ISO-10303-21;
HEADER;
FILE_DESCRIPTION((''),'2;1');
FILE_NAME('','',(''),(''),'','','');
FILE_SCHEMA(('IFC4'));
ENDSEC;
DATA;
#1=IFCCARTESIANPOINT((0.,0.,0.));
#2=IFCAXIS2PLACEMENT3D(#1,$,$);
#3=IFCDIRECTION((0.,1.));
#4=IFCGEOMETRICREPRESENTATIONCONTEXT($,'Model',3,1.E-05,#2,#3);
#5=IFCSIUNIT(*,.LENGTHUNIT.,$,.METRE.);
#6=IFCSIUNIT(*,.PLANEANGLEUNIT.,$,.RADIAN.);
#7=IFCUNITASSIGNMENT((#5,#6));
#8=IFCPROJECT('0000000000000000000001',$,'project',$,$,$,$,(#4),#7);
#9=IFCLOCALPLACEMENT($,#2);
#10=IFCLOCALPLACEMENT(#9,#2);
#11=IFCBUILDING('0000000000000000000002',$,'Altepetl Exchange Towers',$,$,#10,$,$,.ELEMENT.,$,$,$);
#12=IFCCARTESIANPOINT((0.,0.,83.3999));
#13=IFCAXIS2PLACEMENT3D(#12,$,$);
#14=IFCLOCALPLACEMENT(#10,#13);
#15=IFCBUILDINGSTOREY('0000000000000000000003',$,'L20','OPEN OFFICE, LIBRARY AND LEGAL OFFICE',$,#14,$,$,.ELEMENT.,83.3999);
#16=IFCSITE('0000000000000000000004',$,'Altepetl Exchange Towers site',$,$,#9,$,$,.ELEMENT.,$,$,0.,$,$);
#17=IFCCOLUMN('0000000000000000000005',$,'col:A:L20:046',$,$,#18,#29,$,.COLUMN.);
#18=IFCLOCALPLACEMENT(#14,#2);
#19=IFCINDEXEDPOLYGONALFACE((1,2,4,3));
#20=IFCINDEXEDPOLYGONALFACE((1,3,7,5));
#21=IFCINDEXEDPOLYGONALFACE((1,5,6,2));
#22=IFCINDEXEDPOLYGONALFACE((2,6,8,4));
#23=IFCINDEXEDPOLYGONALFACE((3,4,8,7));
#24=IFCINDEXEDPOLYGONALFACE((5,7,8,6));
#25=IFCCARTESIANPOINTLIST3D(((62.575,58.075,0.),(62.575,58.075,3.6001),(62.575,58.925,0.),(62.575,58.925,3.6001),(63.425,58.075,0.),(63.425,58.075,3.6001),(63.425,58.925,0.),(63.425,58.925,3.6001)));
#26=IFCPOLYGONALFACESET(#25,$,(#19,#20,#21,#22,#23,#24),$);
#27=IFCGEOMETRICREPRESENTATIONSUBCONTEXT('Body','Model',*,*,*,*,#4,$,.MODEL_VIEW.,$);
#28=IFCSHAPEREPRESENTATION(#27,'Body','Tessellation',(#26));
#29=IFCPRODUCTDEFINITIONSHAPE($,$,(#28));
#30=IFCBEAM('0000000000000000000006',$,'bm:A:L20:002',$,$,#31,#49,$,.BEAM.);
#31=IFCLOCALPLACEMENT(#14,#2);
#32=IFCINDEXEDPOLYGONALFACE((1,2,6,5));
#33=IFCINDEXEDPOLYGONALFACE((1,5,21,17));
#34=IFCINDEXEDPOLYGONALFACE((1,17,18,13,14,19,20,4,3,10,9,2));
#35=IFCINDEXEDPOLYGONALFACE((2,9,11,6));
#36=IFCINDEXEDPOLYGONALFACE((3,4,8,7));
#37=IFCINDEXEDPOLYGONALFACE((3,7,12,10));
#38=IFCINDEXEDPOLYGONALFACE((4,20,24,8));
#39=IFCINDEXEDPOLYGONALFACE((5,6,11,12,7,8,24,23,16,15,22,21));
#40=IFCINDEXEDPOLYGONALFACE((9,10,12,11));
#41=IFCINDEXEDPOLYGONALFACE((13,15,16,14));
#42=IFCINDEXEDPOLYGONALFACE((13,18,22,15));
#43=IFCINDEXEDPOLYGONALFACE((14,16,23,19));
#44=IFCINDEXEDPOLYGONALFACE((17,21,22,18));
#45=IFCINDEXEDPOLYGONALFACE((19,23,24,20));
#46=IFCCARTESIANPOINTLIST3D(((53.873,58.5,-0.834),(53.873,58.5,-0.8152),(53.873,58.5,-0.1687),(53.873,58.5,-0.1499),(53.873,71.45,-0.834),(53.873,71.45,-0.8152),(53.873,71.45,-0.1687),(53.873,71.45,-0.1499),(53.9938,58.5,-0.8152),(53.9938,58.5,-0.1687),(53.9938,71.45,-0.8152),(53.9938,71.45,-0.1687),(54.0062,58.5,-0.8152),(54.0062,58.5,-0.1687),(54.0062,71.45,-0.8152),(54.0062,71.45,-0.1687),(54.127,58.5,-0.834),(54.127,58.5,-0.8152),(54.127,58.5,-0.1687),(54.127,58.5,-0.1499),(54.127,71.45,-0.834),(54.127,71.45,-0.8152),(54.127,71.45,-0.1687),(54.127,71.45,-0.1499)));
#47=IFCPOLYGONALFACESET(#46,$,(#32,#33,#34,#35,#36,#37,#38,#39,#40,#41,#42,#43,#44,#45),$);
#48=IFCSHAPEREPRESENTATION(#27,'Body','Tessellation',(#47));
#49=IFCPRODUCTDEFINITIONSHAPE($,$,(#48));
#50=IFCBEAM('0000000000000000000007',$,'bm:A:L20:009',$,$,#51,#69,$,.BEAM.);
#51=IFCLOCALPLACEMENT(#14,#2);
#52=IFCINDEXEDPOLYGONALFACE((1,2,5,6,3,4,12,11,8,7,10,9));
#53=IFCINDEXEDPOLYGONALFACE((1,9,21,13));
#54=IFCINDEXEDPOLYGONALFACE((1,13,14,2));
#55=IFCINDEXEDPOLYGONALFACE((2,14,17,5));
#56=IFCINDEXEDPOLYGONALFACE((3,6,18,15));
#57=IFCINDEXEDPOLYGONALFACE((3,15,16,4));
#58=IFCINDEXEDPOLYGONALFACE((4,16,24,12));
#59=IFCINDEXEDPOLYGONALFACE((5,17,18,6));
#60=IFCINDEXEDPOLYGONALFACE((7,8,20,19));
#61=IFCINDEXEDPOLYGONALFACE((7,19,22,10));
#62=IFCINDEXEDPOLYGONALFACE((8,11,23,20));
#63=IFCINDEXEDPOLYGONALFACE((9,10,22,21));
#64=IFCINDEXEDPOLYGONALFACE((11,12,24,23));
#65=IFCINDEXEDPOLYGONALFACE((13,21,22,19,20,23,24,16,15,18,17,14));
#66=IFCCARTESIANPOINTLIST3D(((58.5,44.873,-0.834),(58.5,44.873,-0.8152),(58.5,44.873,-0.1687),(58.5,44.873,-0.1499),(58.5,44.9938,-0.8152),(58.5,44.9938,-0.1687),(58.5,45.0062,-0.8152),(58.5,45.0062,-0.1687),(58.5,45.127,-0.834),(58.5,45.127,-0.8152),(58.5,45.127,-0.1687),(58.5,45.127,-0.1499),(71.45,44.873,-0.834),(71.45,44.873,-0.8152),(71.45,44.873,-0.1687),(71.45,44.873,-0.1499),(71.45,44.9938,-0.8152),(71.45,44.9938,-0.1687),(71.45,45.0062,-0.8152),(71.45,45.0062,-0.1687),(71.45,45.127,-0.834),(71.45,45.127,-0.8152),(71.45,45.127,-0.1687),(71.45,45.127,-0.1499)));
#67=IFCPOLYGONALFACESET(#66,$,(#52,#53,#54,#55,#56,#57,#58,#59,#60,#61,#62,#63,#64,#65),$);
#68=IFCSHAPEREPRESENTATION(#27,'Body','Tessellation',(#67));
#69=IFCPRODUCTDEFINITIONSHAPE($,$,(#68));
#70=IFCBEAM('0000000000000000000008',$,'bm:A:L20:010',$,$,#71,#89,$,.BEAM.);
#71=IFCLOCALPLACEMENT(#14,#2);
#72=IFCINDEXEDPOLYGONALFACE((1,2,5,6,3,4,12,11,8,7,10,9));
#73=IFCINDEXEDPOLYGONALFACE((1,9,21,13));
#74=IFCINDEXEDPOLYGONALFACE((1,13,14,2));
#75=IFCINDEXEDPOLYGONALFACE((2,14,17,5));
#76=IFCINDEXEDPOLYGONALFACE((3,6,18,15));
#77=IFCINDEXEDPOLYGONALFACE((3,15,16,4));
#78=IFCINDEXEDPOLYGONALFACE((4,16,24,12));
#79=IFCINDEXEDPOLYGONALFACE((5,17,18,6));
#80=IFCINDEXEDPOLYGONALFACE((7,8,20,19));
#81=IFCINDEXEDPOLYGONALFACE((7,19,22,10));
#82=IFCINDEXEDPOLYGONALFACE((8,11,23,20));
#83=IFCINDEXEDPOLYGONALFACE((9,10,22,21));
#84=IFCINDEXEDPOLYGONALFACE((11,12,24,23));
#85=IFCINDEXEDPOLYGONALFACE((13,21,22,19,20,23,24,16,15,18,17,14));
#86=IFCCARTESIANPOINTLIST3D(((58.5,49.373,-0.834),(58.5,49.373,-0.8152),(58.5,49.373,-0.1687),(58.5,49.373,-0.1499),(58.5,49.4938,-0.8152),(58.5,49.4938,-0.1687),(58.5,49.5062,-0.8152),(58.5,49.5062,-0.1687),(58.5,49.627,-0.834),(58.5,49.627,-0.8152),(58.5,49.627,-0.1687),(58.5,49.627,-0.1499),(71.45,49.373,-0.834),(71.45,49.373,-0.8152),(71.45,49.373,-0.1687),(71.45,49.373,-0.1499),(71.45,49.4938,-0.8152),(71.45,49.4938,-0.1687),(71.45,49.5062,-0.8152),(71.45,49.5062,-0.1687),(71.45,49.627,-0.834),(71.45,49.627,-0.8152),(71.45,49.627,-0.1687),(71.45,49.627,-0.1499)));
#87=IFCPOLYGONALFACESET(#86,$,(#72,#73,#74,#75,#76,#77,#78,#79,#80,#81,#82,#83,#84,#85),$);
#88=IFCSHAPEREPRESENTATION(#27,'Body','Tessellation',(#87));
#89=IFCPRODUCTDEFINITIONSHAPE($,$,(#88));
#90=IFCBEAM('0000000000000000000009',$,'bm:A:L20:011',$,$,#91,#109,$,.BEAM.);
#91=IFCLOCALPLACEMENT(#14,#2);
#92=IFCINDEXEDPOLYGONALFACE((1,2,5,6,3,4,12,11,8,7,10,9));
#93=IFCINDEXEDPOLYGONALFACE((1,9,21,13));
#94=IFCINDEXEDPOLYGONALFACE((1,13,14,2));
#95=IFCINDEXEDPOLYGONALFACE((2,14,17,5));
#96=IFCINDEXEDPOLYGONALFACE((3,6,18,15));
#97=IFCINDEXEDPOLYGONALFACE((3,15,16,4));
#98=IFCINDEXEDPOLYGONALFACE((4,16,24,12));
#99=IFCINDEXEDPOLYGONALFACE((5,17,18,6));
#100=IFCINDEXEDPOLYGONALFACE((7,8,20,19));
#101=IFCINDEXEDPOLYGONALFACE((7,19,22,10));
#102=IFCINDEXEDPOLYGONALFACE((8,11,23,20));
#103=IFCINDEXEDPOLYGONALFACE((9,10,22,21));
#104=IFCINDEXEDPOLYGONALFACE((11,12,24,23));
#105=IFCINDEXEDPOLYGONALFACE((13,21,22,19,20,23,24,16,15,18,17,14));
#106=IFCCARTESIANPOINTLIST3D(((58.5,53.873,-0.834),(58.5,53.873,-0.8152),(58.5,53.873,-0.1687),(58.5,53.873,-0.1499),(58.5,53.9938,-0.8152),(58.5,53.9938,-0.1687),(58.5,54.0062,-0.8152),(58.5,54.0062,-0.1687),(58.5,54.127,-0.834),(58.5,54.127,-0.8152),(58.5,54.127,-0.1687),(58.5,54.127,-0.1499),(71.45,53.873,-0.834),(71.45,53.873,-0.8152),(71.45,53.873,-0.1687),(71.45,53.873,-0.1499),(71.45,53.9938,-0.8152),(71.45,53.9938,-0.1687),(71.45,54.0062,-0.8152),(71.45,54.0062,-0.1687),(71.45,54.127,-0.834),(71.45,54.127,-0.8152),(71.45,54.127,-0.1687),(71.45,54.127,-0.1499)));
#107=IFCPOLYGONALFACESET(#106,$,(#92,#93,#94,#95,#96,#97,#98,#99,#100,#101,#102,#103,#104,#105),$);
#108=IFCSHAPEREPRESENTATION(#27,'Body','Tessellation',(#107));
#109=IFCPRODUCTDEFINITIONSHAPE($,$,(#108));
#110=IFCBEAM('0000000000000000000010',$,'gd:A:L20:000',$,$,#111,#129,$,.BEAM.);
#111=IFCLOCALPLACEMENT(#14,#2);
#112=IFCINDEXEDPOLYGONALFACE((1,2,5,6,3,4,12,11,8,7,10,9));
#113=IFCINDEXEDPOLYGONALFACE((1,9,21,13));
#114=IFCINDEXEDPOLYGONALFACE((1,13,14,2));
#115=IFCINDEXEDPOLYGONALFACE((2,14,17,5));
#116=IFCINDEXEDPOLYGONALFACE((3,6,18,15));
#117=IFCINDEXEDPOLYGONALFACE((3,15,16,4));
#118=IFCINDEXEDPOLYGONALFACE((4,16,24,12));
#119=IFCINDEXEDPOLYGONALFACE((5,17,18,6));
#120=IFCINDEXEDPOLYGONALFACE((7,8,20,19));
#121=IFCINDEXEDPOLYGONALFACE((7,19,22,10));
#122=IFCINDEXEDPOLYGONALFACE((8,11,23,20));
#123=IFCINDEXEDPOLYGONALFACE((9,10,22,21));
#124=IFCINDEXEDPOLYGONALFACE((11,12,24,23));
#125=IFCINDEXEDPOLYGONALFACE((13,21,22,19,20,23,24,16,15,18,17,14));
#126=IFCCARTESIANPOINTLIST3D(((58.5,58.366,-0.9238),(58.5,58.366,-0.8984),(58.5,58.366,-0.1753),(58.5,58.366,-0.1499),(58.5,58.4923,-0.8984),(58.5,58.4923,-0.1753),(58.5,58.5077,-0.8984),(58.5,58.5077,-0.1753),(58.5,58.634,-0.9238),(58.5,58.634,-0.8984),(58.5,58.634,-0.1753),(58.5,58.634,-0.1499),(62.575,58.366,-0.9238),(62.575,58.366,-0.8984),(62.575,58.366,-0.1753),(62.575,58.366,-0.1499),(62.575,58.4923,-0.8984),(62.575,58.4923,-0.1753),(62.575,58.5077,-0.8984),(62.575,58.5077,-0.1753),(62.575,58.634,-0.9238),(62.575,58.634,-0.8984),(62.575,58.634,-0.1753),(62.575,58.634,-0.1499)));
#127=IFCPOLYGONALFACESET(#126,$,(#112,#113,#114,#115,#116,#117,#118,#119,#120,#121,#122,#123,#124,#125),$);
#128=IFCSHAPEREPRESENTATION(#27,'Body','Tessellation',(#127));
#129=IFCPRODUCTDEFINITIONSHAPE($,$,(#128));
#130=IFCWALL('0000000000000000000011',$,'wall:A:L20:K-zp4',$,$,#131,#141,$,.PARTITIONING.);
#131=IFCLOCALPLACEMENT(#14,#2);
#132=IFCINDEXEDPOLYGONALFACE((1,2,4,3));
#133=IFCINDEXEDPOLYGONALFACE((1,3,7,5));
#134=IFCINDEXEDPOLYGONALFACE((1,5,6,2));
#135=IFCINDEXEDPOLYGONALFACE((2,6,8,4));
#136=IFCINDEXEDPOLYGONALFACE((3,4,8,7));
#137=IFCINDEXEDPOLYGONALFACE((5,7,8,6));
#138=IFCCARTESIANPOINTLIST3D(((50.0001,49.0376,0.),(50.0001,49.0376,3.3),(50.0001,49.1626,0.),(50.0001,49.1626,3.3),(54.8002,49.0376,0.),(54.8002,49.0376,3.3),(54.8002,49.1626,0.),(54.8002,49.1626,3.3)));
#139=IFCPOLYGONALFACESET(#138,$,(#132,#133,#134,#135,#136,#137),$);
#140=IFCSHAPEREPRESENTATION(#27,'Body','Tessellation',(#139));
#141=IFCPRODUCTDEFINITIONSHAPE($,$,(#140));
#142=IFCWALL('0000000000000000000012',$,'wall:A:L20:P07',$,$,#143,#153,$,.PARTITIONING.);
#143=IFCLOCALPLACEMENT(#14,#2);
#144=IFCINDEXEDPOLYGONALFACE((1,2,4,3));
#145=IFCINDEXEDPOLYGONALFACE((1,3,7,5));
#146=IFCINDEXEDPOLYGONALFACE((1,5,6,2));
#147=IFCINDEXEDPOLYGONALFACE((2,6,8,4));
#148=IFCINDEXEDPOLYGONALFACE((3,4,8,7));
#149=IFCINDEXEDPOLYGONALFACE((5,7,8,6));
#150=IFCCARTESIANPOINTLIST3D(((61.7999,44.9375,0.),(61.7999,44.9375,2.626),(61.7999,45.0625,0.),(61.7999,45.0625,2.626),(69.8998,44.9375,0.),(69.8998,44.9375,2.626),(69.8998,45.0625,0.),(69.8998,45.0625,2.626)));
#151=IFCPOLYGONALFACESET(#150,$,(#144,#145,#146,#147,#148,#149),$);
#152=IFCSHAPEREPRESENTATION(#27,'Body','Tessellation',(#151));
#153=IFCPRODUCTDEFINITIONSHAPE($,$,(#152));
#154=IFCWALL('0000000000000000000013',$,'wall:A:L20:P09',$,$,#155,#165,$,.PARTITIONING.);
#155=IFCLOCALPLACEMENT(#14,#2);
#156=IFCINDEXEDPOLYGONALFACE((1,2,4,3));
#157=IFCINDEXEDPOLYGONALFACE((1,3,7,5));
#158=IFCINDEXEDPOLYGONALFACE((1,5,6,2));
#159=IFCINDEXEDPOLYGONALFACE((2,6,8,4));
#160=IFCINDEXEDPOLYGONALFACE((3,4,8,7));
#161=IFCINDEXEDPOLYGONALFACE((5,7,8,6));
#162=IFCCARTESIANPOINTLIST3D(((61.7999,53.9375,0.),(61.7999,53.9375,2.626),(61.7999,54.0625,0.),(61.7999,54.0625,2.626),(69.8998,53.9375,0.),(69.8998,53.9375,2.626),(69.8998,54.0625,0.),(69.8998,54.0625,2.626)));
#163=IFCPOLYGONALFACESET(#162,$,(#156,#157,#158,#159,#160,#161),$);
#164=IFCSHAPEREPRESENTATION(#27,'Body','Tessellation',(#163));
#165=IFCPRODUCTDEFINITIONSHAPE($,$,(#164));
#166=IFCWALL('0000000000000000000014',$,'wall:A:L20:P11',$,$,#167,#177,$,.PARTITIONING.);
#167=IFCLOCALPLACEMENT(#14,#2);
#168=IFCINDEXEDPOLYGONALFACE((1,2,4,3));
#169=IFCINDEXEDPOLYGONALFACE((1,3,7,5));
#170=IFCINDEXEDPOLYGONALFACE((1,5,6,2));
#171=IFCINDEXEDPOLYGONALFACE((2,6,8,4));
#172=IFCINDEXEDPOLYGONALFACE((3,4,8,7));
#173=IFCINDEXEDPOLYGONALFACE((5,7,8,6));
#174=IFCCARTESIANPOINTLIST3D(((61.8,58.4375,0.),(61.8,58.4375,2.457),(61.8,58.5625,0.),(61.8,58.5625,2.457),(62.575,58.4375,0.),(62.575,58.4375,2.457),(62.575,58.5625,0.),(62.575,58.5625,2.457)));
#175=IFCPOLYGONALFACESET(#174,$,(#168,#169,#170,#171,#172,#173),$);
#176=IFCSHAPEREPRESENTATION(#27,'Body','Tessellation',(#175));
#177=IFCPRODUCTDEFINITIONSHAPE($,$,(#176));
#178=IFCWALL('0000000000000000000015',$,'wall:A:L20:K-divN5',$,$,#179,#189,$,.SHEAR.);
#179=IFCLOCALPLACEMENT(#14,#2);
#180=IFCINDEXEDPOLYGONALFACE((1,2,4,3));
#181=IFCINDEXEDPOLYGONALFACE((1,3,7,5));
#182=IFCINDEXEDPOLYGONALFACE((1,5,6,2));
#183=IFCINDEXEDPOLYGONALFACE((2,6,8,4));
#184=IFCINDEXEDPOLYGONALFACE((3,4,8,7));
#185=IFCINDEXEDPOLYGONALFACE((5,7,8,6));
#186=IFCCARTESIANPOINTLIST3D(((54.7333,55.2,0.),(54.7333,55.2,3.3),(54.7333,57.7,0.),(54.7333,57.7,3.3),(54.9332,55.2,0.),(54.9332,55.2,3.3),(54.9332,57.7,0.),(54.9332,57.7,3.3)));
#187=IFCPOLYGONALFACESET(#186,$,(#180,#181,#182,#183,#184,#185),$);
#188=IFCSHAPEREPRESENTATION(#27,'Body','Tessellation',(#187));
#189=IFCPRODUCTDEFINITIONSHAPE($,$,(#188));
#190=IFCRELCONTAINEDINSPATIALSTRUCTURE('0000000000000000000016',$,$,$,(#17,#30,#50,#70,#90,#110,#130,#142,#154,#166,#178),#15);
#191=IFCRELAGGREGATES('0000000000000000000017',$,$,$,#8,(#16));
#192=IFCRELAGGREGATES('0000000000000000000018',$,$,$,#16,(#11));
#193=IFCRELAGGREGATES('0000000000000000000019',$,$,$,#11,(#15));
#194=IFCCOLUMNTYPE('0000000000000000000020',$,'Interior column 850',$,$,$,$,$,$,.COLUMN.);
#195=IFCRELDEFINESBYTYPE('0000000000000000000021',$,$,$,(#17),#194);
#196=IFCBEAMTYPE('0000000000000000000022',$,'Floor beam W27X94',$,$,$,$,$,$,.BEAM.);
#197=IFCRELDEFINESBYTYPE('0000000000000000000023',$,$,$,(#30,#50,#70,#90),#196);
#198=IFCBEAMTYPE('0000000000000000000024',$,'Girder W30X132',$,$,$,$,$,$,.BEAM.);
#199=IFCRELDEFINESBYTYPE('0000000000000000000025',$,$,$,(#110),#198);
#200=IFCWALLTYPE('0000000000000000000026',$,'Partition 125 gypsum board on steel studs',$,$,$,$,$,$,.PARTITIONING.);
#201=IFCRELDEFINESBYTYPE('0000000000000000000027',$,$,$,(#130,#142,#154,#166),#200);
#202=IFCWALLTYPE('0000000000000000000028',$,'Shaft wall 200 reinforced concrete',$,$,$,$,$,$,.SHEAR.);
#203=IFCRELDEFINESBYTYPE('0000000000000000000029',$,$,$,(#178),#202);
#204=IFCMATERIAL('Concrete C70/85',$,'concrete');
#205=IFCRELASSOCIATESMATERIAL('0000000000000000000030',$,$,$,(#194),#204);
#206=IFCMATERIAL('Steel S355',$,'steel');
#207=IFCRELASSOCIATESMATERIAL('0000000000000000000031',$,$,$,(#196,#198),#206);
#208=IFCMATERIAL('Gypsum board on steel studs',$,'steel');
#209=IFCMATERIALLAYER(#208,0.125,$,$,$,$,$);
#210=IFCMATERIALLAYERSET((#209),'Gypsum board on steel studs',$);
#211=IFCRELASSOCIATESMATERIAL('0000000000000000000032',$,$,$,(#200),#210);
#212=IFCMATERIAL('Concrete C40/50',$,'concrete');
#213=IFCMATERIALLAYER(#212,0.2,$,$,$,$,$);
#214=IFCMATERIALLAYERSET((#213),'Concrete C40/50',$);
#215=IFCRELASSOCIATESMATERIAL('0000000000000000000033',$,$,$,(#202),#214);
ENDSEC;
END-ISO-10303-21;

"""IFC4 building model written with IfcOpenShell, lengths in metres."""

from ifc_helpers import new_model, si_unit, direction, frame, frame_2d, origin, origin_2d, place, context, subcontext, project, spatial, rectangle, i_section, extrude, material, layer, layer_set, material_profile, profile_set, type_object, element, save


model = new_model("IFC4")

# Units and contexts
model_context = context("Model", 3, precision=1e-05, world=origin(), true_north=direction((0.0, 1.0)))
body_context = subcontext(model_context, "Body", "Model", "MODEL_VIEW")
ifc_project = project(units=[si_unit("LENGTHUNIT", "METRE"), si_unit("PLANEANGLEUNIT", "RADIAN")], contexts=[model_context])

# Site, building, storey
site_placement = place(None, origin())
site = spatial("IfcSite", under=ifc_project, at=site_placement, Name="Altepetl Exchange Towers site", CompositionType="ELEMENT", RefElevation=0.0)
building_placement = place(site_placement, origin())
building = spatial("IfcBuilding", under=site, at=building_placement, Name="Altepetl Exchange Towers", CompositionType="ELEMENT")
storey_placement = place(building_placement, frame((0.0, 0.0, 83.3999)))
storey = spatial("IfcBuildingStorey", under=building, at=storey_placement, Name="L20", Description="OPEN OFFICE, LIBRARY AND LEGAL OFFICE", CompositionType="ELEMENT", Elevation=83.3999)

# Column
ifc_material_1 = material(Name="Concrete C70/85", Category="concrete")
ifc_material_profile_1 = material_profile(ifc_material_1, rectangle(XDim=0.8501, YDim=0.8501, at=origin_2d()), Name="850 x 850")
ifc_profile_set_1 = profile_set([ifc_material_profile_1], Name="Concrete C70/85")
column_type = type_object("IfcColumnType", Name="Interior column 850", PredefinedType="COLUMN", material=ifc_profile_set_1)
column_placement = place(storey_placement, frame((63.0, 58.5, 0.0)))
element("IfcColumn", 1, at=column_placement, inside=storey, type_object=column_type, Name="col:A:L20:046", PredefinedType="COLUMN", context=body_context, shape_type="SweptSolid", body=[
    extrude(rectangle(XDim=0.8501, YDim=0.8501, at=origin_2d()), origin(), (0.0, 0.0, 1.0), 3.6001),
])

# Beams
ifc_material_2 = material(Name="Steel S355", Category="steel")
ifc_material_profile_2 = material_profile(ifc_material_2, i_section(OverallWidth=0.2539, OverallDepth=0.6841, WebThickness=0.0125, FlangeThickness=0.0188, at=origin_2d()), Name="W27X94")
ifc_profile_set_2 = profile_set([ifc_material_profile_2], Name="Steel S355")
beam_type_1 = type_object("IfcBeamType", Name="Floor beam W27X94", PredefinedType="BEAM", material=ifc_profile_set_2)
for number, where, z_axis, x_axis, name in (
    (2, (54.0, 58.5, -0.4919), (0.0, 1.0, 0.0), (-1.0, 0.0, 0.0), "bm:A:L20:002"),
    (3, (58.5, 45.0, -0.4919), (1.0, 0.0, 0.0), (0.0, 1.0, 0.0), "bm:A:L20:009"),
    (4, (58.5, 49.5, -0.4919), (1.0, 0.0, 0.0), (0.0, 1.0, 0.0), "bm:A:L20:010"),
    (5, (58.5, 54.0, -0.4919), (1.0, 0.0, 0.0), (0.0, 1.0, 0.0), "bm:A:L20:011"),
):
    element("IfcBeam", number, at=place(storey_placement, frame(where, z_axis=z_axis, x_axis=x_axis)), inside=storey, type_object=beam_type_1, Name=name, PredefinedType="BEAM", context=body_context, shape_type="SweptSolid", body=[
        extrude(i_section(OverallWidth=0.2539, OverallDepth=0.6841, WebThickness=0.0125, FlangeThickness=0.0188, at=origin_2d()), origin(), (0.0, 0.0, 1.0), 12.95),
    ])
ifc_material_profile_3 = material_profile(ifc_material_2, i_section(OverallWidth=0.2681, OverallDepth=0.7739, WebThickness=0.0154, FlangeThickness=0.0254, at=origin_2d()), Name="W30X132")
ifc_profile_set_3 = profile_set([ifc_material_profile_3], Name="Steel S355")
beam_type_2 = type_object("IfcBeamType", Name="Girder W30X132", PredefinedType="BEAM", material=ifc_profile_set_3)
beam_placement = place(storey_placement, frame((58.5, 58.5, -0.5369), z_axis=(1.0, 0.0, 0.0), x_axis=(0.0, 1.0, 0.0)))
element("IfcBeam", 6, at=beam_placement, inside=storey, type_object=beam_type_2, Name="gd:A:L20:000", PredefinedType="BEAM", context=body_context, shape_type="SweptSolid", body=[
    extrude(i_section(OverallWidth=0.2681, OverallDepth=0.7739, WebThickness=0.0154, FlangeThickness=0.0254, at=origin_2d()), origin(), (0.0, 0.0, 1.0), 4.075),
])

# Walls
ifc_material_3 = material(Name="Gypsum board on steel studs", Category="steel")
ifc_layer_1 = layer(ifc_material_3, 0.125)
ifc_layer_set_1 = layer_set([ifc_layer_1], Name="Gypsum board on steel studs")
wall_type_1 = type_object("IfcWallType", Name="Partition 125 gypsum board on steel studs", PredefinedType="PARTITIONING", material=ifc_layer_set_1)
wall_1_placement = place(storey_placement, frame((54.8, 49.1001, 0.0), z_axis=(0.0, 0.0, 1.0), x_axis=(-1.0, 0.0, 0.0)))
element("IfcWall", 7, at=wall_1_placement, inside=storey, type_object=wall_type_1, Name="wall:A:L20:K-zp4", PredefinedType="PARTITIONING", context=body_context, shape_type="SweptSolid", body=[
    extrude(rectangle(XDim=4.8, YDim=0.125, at=frame_2d((2.3999, 0.0))), origin(), (0.0, 0.0, 1.0), 3.3),
])
for number, where, name in (
    (8, (61.8, 45.0, 0.0), "wall:A:L20:P07"),
    (9, (61.8, 54.0, 0.0), "wall:A:L20:P09"),
):
    element("IfcWall", number, at=place(storey_placement, frame(where)), inside=storey, type_object=wall_type_1, Name=name, PredefinedType="PARTITIONING", context=body_context, shape_type="SweptSolid", body=[
        extrude(rectangle(XDim=8.0999, YDim=0.125, at=frame_2d((4.0498, 0.0))), origin(), (0.0, 0.0, 1.0), 2.626),
    ])
wall_2_placement = place(storey_placement, frame((61.8, 58.5, 0.0)))
element("IfcWall", 10, at=wall_2_placement, inside=storey, type_object=wall_type_1, Name="wall:A:L20:P11", PredefinedType="PARTITIONING", context=body_context, shape_type="SweptSolid", body=[
    extrude(rectangle(XDim=0.7749, YDim=0.125, at=frame_2d((0.3875, 0.0))), origin(), (0.0, 0.0, 1.0), 2.457),
])
ifc_material_4 = material(Name="Concrete C40/50", Category="concrete")
ifc_layer_2 = layer(ifc_material_4, 0.2)
ifc_layer_set_2 = layer_set([ifc_layer_2], Name="Concrete C40/50")
wall_type_2 = type_object("IfcWallType", Name="Shaft wall 200 reinforced concrete", PredefinedType="SHEAR", material=ifc_layer_set_2)
wall_3_placement = place(storey_placement, frame((54.8333, 57.7, 0.0), z_axis=(0.0, 0.0, 1.0), x_axis=(0.0, -1.0, 0.0)))
element("IfcWall", 11, at=wall_3_placement, inside=storey, type_object=wall_type_2, Name="wall:A:L20:K-divN5", PredefinedType="SHEAR", context=body_context, shape_type="SweptSolid", body=[
    extrude(rectangle(XDim=2.5, YDim=0.2, at=frame_2d((1.25, 0.0))), origin(), (0.0, 0.0, 1.0), 3.3),
])

save(model, "model.ifc")
